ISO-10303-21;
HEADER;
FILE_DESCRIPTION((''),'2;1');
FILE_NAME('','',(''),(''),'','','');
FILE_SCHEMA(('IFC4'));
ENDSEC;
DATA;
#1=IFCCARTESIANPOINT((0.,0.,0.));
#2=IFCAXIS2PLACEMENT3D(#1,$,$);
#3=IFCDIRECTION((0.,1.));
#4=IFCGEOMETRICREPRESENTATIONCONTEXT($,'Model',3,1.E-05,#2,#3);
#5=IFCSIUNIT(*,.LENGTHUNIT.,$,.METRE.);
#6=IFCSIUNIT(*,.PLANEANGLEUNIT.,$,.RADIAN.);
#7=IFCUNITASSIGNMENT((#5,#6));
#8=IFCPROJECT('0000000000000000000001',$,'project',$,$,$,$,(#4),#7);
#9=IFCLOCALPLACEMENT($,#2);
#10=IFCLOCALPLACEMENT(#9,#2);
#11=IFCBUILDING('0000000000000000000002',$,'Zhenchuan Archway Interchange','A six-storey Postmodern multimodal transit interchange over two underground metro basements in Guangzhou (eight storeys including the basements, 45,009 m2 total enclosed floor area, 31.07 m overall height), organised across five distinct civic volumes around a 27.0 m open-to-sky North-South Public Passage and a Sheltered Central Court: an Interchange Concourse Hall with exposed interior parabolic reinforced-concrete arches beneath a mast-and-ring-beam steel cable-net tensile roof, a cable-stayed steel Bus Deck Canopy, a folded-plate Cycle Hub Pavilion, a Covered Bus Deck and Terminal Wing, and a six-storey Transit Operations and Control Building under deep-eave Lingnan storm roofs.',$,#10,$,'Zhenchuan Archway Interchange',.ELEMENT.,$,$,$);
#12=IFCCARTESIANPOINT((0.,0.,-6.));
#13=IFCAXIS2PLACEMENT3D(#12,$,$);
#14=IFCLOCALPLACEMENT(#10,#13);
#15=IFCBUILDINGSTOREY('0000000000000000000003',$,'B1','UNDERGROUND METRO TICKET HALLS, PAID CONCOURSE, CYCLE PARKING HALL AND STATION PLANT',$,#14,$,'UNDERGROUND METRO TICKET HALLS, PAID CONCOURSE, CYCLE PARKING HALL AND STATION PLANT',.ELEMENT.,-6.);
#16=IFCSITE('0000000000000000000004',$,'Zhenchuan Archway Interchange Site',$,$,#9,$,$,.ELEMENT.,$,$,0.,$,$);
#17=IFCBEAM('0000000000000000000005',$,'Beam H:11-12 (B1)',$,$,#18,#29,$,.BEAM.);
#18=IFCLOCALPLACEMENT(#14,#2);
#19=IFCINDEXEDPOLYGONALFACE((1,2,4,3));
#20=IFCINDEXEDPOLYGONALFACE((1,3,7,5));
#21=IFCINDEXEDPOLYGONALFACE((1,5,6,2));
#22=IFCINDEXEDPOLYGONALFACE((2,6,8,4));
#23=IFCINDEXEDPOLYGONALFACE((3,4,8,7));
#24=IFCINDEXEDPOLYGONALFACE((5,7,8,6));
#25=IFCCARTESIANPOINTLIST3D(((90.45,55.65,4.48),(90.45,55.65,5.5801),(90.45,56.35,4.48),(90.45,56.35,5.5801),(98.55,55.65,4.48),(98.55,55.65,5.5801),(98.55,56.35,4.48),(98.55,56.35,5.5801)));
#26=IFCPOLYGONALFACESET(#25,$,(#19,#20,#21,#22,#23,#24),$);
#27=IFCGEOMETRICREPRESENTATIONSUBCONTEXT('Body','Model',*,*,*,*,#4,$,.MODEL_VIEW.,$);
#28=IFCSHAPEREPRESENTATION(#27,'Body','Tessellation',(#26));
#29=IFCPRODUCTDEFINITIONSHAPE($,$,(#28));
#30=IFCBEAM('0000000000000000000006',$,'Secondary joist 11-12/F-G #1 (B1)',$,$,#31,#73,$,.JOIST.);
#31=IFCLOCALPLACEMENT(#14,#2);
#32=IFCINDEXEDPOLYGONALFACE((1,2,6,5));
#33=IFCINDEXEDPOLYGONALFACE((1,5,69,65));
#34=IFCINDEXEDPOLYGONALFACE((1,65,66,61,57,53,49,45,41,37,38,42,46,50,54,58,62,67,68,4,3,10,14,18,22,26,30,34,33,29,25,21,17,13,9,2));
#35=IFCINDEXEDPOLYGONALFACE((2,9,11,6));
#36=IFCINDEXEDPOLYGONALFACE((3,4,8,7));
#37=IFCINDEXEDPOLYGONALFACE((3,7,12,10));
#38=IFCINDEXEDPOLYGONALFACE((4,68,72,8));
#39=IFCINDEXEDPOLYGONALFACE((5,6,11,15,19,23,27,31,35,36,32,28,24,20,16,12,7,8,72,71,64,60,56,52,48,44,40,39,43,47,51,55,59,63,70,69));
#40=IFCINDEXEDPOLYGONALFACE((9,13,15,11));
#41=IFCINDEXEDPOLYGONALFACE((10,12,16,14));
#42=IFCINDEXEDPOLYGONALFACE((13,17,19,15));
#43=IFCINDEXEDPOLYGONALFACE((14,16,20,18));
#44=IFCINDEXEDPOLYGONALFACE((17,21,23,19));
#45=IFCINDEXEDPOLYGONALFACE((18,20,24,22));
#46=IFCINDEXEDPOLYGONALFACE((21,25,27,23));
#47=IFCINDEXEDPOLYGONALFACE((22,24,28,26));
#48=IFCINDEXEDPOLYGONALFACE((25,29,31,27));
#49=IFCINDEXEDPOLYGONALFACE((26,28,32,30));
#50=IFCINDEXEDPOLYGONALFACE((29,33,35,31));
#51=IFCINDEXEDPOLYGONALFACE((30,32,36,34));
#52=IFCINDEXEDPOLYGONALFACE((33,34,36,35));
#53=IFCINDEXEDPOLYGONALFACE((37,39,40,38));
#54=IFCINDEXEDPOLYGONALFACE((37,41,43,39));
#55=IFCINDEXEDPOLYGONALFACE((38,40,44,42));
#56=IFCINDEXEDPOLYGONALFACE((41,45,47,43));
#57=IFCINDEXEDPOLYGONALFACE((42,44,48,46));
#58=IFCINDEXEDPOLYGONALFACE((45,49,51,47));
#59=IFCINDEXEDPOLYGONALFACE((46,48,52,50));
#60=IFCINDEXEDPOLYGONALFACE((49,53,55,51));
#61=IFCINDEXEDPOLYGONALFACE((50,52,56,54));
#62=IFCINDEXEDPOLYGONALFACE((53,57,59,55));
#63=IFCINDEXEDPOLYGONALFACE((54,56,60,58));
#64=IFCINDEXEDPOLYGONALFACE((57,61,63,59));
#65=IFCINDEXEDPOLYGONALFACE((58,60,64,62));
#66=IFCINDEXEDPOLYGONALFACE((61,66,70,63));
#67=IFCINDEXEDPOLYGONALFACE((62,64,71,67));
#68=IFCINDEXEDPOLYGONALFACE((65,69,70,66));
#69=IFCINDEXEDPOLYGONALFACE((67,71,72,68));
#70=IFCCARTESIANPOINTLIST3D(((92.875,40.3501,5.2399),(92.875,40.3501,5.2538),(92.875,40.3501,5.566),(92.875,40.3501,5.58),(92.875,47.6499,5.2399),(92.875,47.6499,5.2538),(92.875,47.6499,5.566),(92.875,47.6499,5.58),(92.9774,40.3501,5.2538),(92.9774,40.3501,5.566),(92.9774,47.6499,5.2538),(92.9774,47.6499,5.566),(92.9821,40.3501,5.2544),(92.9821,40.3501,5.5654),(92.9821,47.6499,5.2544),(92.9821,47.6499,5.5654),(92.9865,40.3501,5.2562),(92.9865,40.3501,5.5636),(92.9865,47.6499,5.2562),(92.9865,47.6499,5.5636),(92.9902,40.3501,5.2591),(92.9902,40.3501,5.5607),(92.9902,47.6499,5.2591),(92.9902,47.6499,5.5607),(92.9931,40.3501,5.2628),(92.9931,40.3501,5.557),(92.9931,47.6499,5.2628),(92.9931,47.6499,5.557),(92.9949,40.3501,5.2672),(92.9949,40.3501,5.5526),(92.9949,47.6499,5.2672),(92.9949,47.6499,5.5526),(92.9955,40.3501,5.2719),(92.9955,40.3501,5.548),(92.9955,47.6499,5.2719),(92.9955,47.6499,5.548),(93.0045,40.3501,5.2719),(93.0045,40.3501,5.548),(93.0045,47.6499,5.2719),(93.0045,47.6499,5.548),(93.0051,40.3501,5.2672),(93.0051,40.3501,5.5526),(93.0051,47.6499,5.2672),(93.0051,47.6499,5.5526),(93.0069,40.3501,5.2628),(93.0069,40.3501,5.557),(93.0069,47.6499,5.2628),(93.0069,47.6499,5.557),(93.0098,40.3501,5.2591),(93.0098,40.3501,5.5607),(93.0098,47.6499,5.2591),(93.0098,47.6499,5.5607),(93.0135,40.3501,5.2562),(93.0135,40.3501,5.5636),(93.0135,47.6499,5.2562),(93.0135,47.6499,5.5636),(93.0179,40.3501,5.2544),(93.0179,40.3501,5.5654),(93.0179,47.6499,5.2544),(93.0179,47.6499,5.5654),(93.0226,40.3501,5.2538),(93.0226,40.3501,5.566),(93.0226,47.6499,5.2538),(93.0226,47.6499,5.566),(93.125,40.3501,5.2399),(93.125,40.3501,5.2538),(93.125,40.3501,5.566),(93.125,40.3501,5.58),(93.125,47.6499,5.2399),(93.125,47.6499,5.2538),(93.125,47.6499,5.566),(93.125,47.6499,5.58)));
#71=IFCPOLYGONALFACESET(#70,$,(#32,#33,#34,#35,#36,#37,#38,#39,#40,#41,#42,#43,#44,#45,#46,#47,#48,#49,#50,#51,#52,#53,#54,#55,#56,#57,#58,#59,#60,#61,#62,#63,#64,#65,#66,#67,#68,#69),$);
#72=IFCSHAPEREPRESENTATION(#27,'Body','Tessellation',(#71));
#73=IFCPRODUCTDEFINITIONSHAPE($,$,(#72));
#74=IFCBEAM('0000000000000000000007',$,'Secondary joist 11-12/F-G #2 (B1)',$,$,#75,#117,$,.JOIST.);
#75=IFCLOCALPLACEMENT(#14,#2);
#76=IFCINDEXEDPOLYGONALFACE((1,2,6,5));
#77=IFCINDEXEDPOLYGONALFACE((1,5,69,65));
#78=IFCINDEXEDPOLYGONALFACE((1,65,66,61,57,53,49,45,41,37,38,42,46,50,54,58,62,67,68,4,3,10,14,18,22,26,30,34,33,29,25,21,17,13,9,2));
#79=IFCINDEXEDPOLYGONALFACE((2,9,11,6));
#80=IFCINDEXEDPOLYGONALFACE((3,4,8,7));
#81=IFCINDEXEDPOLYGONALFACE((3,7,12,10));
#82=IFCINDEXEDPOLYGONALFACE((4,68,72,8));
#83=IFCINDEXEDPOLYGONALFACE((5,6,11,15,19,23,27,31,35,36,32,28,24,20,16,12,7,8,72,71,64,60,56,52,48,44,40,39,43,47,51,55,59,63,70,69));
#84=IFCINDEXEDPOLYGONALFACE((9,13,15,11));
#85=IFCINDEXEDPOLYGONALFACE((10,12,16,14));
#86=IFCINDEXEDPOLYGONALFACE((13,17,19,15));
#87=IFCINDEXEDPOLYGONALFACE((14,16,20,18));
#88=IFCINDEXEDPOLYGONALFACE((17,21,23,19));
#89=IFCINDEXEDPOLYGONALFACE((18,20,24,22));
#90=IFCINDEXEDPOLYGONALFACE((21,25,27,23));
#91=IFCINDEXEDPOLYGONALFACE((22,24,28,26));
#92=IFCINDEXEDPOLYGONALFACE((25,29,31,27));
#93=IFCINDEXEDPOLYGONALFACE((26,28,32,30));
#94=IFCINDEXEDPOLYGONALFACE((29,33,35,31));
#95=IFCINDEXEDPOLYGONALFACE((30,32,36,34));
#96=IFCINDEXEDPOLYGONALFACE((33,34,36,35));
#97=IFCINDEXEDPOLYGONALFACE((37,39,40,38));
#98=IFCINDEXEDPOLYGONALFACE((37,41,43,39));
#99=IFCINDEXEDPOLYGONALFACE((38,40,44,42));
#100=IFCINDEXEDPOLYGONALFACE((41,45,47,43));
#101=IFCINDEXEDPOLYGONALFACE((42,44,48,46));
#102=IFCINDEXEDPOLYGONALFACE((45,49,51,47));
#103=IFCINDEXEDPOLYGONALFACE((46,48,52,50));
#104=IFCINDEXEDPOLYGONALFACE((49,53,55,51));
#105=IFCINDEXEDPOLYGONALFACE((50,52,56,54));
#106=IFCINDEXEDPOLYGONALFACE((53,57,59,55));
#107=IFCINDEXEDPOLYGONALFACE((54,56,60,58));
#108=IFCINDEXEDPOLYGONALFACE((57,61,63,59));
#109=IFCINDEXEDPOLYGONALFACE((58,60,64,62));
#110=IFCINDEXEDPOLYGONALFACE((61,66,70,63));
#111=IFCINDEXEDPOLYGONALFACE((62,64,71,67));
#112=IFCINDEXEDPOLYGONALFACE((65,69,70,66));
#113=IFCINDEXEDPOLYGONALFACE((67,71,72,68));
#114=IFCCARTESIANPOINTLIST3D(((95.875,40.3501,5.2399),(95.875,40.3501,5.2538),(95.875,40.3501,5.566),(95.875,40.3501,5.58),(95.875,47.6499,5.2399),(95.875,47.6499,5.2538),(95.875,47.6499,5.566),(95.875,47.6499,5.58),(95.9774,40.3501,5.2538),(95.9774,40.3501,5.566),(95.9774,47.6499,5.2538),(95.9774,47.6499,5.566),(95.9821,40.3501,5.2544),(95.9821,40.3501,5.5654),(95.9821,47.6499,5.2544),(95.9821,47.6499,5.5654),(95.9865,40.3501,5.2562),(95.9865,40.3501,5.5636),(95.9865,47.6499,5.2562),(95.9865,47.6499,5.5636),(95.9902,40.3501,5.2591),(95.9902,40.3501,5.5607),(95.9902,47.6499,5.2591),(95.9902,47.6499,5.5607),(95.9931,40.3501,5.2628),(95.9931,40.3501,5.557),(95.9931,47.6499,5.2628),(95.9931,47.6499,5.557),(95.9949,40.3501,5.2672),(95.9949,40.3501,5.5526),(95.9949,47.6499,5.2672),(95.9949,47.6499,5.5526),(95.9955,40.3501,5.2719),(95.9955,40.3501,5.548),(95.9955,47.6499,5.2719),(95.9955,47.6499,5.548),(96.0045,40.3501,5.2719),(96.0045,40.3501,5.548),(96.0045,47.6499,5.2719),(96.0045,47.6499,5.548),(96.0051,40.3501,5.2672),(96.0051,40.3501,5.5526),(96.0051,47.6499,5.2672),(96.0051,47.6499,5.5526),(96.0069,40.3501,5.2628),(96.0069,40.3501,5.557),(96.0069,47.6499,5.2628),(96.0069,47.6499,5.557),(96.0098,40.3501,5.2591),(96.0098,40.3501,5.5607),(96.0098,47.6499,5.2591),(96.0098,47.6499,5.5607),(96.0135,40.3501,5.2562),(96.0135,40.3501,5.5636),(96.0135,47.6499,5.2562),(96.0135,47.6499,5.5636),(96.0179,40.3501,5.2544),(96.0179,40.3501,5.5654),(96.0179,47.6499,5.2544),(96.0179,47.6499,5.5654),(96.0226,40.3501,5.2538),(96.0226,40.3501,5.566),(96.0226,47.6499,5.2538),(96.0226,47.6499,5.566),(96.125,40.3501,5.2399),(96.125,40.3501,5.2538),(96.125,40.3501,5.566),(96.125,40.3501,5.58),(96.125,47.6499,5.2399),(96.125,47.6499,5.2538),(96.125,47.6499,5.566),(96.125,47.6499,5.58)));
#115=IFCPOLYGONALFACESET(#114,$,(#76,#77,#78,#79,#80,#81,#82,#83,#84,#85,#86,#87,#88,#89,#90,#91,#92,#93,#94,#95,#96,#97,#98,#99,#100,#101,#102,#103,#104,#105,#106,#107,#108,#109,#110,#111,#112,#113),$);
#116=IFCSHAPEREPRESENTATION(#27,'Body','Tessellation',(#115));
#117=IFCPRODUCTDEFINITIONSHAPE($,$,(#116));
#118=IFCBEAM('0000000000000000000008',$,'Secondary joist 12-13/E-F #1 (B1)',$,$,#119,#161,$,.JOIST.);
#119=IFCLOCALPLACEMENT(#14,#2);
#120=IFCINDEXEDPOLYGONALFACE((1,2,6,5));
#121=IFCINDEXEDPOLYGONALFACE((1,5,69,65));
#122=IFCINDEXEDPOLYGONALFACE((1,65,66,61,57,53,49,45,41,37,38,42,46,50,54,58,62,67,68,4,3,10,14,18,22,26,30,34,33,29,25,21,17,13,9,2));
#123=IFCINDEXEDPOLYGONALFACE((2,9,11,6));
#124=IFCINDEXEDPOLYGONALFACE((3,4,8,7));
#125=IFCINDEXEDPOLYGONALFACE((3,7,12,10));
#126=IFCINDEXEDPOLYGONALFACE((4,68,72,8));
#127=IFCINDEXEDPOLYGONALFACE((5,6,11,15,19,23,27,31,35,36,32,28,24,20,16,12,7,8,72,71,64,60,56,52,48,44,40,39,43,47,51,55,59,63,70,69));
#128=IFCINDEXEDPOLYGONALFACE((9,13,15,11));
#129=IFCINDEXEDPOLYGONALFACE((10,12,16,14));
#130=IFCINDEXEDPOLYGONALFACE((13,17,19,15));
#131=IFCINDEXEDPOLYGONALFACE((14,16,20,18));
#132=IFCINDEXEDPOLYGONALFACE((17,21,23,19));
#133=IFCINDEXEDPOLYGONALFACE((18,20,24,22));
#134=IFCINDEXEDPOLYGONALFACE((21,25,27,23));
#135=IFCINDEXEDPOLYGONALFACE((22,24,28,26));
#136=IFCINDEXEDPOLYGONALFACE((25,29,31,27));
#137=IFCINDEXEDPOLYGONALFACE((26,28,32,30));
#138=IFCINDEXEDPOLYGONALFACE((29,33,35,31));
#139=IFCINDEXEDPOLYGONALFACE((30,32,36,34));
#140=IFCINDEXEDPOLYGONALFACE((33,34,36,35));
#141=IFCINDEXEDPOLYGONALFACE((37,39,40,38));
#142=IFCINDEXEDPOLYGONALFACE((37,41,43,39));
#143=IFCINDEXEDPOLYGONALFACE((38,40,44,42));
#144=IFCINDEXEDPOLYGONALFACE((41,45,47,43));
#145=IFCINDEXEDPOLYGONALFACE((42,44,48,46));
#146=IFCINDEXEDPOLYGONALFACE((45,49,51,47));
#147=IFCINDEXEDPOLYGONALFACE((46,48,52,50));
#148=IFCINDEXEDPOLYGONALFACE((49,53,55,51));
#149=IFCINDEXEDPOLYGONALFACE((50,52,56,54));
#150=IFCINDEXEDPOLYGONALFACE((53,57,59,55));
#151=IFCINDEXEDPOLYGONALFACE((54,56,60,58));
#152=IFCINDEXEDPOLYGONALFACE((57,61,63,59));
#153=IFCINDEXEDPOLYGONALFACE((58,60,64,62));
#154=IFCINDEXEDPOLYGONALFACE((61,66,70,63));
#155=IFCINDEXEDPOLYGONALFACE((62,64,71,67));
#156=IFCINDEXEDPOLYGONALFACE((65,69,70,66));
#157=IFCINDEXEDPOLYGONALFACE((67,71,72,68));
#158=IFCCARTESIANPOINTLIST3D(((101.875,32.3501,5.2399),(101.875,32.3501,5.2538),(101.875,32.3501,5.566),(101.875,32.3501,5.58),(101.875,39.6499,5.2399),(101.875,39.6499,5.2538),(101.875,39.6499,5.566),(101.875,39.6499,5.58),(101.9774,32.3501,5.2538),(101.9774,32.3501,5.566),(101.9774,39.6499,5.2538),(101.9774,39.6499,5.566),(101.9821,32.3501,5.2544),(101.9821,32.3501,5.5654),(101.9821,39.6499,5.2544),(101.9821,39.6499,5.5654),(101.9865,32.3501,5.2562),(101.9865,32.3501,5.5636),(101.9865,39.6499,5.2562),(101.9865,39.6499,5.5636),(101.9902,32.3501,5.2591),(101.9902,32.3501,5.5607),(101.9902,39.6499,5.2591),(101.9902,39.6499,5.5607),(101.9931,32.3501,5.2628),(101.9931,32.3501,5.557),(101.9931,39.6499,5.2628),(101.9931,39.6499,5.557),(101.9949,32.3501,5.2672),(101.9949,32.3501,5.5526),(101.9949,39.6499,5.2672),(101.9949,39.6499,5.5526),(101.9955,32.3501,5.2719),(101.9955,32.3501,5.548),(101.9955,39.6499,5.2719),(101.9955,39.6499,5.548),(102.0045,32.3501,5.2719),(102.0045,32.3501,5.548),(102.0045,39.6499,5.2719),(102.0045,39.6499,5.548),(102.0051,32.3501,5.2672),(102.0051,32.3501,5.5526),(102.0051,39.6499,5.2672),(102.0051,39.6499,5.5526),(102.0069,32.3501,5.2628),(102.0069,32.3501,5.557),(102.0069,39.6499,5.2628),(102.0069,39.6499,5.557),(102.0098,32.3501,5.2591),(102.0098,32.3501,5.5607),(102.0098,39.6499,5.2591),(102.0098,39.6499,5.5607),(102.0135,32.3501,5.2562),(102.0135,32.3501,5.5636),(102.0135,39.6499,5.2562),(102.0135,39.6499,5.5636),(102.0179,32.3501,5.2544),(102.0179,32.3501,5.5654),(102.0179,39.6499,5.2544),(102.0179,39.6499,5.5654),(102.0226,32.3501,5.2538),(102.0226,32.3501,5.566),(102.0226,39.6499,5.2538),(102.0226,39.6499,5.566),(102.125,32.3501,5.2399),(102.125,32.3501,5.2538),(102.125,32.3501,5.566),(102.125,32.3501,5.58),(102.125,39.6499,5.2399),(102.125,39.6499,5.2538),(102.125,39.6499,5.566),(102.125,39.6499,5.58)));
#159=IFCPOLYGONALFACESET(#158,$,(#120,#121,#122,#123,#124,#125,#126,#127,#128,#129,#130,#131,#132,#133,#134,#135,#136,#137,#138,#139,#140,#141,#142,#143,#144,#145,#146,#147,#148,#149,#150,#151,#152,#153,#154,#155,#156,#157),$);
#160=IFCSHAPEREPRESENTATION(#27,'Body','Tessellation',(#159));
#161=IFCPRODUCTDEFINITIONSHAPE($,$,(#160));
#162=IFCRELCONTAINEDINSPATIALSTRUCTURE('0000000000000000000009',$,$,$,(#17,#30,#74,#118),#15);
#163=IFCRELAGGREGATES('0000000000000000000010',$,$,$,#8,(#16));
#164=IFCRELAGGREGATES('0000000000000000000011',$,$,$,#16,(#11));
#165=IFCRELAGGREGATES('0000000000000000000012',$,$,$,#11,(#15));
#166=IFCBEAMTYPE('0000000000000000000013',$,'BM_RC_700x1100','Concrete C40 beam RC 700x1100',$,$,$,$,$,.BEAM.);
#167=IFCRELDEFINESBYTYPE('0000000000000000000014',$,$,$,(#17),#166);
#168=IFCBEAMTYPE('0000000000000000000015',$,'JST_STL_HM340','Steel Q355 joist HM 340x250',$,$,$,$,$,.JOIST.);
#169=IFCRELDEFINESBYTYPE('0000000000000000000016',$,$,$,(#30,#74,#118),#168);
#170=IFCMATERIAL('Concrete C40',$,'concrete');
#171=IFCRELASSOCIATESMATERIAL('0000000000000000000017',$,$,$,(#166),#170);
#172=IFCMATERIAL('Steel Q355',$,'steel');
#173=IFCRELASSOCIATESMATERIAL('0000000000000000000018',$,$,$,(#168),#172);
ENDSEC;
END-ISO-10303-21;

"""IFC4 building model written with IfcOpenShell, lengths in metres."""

from ifc_helpers import new_model, si_unit, direction, frame, origin, origin_2d, place, context, subcontext, project, spatial, rectangle, i_section, extrude, material, material_profile, profile_set, type_object, element, save


model = new_model("IFC4")

# Units and contexts
model_context = context("Model", 3, precision=1e-05, world=origin(), true_north=direction((0.0, 1.0)))
body_context = subcontext(model_context, "Body", "Model", "MODEL_VIEW")
ifc_project = project(units=[si_unit("LENGTHUNIT", "METRE"), si_unit("PLANEANGLEUNIT", "RADIAN")], contexts=[model_context])

# Site, building, storey
site_placement = place(None, origin())
site = spatial("IfcSite", under=ifc_project, at=site_placement, Name="Zhenchuan Archway Interchange Site", CompositionType="ELEMENT", RefElevation=0.0)
building_placement = place(site_placement, origin())
building = spatial("IfcBuilding", under=site, at=building_placement, Name="Zhenchuan Archway Interchange", Description="A six-storey Postmodern multimodal transit interchange over two underground metro basements in Guangzhou (eight storeys including the basements, 45,009 m2 total enclosed floor area, 31.07 m overall height), organised across five distinct civic volumes around a 27.0 m open-to-sky North-South Public Passage and a Sheltered Central Court: an Interchange Concourse Hall with exposed interior parabolic reinforced-concrete arches beneath a mast-and-ring-beam steel cable-net tensile roof, a cable-stayed steel Bus Deck Canopy, a folded-plate Cycle Hub Pavilion, a Covered Bus Deck and Terminal Wing, and a six-storey Transit Operations and Control Building under deep-eave Lingnan storm roofs.", LongName="Zhenchuan Archway Interchange", CompositionType="ELEMENT")
storey_placement = place(building_placement, frame((0.0, 0.0, -6.0)))
storey = spatial("IfcBuildingStorey", under=building, at=storey_placement, Name="B1", Description="UNDERGROUND METRO TICKET HALLS, PAID CONCOURSE, CYCLE PARKING HALL AND STATION PLANT", LongName="UNDERGROUND METRO TICKET HALLS, PAID CONCOURSE, CYCLE PARKING HALL AND STATION PLANT", CompositionType="ELEMENT", Elevation=-6.0)

# Beams
ifc_material_1 = material(Name="Concrete C40", Category="concrete")
ifc_material_profile_1 = material_profile(ifc_material_1, rectangle(XDim=0.7, YDim=1.1001, at=origin_2d()), Name="RC 700x1100")
ifc_profile_set_1 = profile_set([ifc_material_profile_1], Name="Concrete C40")
beam_type_1 = type_object("IfcBeamType", Name="BM_RC_700x1100", Description="Concrete C40 beam RC 700x1100", PredefinedType="BEAM", material=ifc_profile_set_1)
beam_1_placement = place(storey_placement, frame((90.45, 56.0, 5.03), z_axis=(1.0, 0.0, 0.0), x_axis=(0.0, 1.0, 0.0)))
element("IfcBeam", 1, at=beam_1_placement, inside=storey, type_object=beam_type_1, Name="Beam H:11-12 (B1)", PredefinedType="BEAM", context=body_context, shape_type="SweptSolid", body=[
    extrude(rectangle(XDim=0.7, YDim=1.1001, at=origin_2d()), origin(), (0.0, 0.0, 1.0), 8.1001),
])
ifc_material_2 = material(Name="Steel Q355", Category="steel")
ifc_material_profile_2 = material_profile(ifc_material_2, i_section(OverallWidth=0.25, OverallDepth=0.3401, WebThickness=0.009, FlangeThickness=0.0139, FilletRadius=0.0181, at=origin_2d()), Name="HM 340x250")
ifc_profile_set_2 = profile_set([ifc_material_profile_2], Name="Steel Q355")
beam_type_2 = type_object("IfcBeamType", Name="JST_STL_HM340", Description="Steel Q355 joist HM 340x250", PredefinedType="JOIST", material=ifc_profile_set_2)
for number, where, z_axis, x_axis, name in (
    (2, (93.0, 40.3501, 5.4099), (0.0, 1.0, 0.0), (-1.0, 0.0, 0.0), "Secondary joist 11-12/F-G #1 (B1)"),
    (3, (96.0, 40.3501, 5.4099), (0.0, 1.0, 0.0), (-1.0, 0.0, 0.0), "Secondary joist 11-12/F-G #2 (B1)"),
    (4, (102.0, 32.3501, 5.4099), (0.0, 1.0, 0.0), (-1.0, 0.0, 0.0), "Secondary joist 12-13/E-F #1 (B1)"),
):
    element("IfcBeam", number, at=place(storey_placement, frame(where, z_axis=z_axis, x_axis=x_axis)), inside=storey, type_object=beam_type_2, Name=name, PredefinedType="JOIST", context=body_context, shape_type="SweptSolid", body=[
        extrude(i_section(OverallWidth=0.25, OverallDepth=0.3401, WebThickness=0.009, FlangeThickness=0.0139, FilletRadius=0.0181, at=origin_2d()), origin(), (0.0, 0.0, 1.0), 7.2998),
    ])

save(model, "model.ifc")
